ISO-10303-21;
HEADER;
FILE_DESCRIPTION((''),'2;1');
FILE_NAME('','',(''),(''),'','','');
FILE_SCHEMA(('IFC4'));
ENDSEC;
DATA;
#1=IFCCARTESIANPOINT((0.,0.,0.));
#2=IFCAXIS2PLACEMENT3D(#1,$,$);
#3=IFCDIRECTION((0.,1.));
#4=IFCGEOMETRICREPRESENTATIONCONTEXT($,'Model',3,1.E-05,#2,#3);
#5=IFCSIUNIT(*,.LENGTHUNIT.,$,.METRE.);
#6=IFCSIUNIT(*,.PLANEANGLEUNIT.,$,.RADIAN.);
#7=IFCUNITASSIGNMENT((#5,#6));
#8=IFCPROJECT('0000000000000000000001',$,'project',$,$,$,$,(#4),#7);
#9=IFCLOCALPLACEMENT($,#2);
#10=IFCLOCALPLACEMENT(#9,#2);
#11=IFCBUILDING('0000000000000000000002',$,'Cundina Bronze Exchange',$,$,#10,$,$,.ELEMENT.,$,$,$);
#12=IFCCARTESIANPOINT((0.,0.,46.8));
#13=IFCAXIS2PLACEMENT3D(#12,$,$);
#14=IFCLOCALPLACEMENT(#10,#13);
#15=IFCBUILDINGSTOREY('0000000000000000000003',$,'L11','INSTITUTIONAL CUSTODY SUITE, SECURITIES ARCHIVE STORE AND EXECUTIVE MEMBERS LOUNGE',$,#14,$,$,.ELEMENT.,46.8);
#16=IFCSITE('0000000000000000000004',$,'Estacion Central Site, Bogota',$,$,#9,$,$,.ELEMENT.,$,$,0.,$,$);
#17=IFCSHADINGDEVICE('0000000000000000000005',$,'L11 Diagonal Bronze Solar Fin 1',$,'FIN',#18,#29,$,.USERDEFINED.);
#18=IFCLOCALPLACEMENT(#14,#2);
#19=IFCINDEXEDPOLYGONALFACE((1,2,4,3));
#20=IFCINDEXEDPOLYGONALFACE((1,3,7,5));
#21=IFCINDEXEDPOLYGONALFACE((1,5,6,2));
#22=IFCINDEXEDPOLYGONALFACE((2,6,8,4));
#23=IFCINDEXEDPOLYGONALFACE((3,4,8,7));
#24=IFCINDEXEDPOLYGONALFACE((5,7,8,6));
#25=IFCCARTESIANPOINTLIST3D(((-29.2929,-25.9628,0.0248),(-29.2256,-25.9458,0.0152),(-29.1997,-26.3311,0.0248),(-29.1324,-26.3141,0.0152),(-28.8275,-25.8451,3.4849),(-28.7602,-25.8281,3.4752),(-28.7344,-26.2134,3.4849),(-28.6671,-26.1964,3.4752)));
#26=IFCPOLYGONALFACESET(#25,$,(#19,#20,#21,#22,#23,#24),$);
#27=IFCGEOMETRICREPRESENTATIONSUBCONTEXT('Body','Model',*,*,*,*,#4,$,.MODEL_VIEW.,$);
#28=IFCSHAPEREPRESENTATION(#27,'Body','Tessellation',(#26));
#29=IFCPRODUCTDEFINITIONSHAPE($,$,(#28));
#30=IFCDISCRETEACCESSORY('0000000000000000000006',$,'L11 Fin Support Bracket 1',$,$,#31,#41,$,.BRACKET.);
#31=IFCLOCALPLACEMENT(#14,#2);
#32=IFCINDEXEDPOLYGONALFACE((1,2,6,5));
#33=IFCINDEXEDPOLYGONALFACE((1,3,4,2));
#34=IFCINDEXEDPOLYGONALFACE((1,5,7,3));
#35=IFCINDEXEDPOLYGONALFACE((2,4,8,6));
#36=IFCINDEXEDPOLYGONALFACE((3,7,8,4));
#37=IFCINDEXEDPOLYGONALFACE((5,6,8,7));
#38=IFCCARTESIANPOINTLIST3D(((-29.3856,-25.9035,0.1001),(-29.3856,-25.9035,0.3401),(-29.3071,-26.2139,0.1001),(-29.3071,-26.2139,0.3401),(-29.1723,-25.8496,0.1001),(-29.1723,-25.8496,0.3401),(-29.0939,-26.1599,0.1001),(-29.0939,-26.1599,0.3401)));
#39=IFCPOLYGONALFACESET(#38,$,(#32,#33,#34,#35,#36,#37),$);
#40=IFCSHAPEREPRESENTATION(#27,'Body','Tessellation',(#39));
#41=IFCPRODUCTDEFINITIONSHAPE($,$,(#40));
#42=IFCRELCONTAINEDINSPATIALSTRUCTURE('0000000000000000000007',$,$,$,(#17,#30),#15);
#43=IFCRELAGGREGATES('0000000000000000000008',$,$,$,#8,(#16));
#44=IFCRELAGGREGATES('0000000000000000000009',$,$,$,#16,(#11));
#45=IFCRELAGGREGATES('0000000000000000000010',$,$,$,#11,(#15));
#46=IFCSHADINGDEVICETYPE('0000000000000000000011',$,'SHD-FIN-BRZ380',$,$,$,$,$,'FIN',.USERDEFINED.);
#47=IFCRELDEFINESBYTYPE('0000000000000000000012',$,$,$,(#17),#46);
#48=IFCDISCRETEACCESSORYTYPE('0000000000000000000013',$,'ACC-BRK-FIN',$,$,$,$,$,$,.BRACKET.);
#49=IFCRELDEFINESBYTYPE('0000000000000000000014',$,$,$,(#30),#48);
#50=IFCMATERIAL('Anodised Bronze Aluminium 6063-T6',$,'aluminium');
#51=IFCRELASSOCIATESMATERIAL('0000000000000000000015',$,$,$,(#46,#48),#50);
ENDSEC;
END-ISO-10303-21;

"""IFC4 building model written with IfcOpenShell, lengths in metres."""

from ifc_helpers import new_model, si_unit, direction, frame, origin, origin_2d, place, context, subcontext, project, spatial, rectangle, extrude, material, material_profile, profile_set, type_object, element, save


model = new_model("IFC4")

# Units and contexts
model_context = context("Model", 3, precision=1e-05, world=origin(), true_north=direction((0.0, 1.0)))
body_context = subcontext(model_context, "Body", "Model", "MODEL_VIEW")
ifc_project = project(units=[si_unit("LENGTHUNIT", "METRE"), si_unit("PLANEANGLEUNIT", "RADIAN")], contexts=[model_context])

# Site, building, storey
site_placement = place(None, origin())
site = spatial("IfcSite", under=ifc_project, at=site_placement, Name="Estacion Central Site, Bogota", CompositionType="ELEMENT", RefElevation=0.0)
building_placement = place(site_placement, origin())
building = spatial("IfcBuilding", under=site, at=building_placement, Name="Cundina Bronze Exchange", CompositionType="ELEMENT")
storey_placement = place(building_placement, frame((0.0, 0.0, 46.8)))
storey = spatial("IfcBuildingStorey", under=building, at=storey_placement, Name="L11", Description="INSTITUTIONAL CUSTODY SUITE, SECURITIES ARCHIVE STORE AND EXECUTIVE MEMBERS LOUNGE", CompositionType="ELEMENT", Elevation=46.8)

# Shared definitions
ifc_material_1 = material(Name="Anodised Bronze Aluminium 6063-T6", Category="aluminium")

# Shading device
ifc_material_profile_1 = material_profile(ifc_material_1, rectangle(XDim=0.0701, YDim=0.3799, at=origin_2d()), Name="FIN70X380", Category="aluminium")
ifc_profile_set_1 = profile_set([ifc_material_profile_1], Name="Anodised Bronze Aluminium 6063-T6")
shading_device_type = type_object("IfcShadingDeviceType", Name="SHD-FIN-BRZ380", ElementType="FIN", PredefinedType="USERDEFINED", material=ifc_profile_set_1)
shading_device_placement = place(storey_placement, frame((-29.2126, -26.1384, 0.02), z_axis=(0.133215, 0.033688, 0.990514), x_axis=(-0.960285, -0.242842, 0.137408)))
element("IfcShadingDevice", 1, at=shading_device_placement, inside=storey, type_object=shading_device_type, Name="L11 Diagonal Bronze Solar Fin 1", ObjectType="FIN", PredefinedType="USERDEFINED", context=body_context, shape_type="SweptSolid", body=[
    extrude(rectangle(XDim=0.0701, YDim=0.3799, at=origin_2d()), origin(), (0.0, 0.0, 1.0), 3.4932),
])

# Discrete accessory
discrete_accessory_type = type_object("IfcDiscreteAccessoryType", Name="ACC-BRK-FIN", PredefinedType="BRACKET", material=ifc_material_1)
discrete_accessory_placement = place(storey_placement, frame((-29.2397, -26.0317, 0.1001), z_axis=(0.0, 0.0, 1.0), x_axis=(0.969488, 0.245138, 0.0)))
element("IfcDiscreteAccessory", 2, at=discrete_accessory_placement, inside=storey, type_object=discrete_accessory_type, Name="L11 Fin Support Bracket 1", PredefinedType="BRACKET", context=body_context, shape_type="SweptSolid", body=[
    extrude(rectangle(XDim=0.22, YDim=0.3201, at=origin_2d()), origin(), (0.0, 0.0, 1.0), 0.24),
])

save(model, "model.ifc")
